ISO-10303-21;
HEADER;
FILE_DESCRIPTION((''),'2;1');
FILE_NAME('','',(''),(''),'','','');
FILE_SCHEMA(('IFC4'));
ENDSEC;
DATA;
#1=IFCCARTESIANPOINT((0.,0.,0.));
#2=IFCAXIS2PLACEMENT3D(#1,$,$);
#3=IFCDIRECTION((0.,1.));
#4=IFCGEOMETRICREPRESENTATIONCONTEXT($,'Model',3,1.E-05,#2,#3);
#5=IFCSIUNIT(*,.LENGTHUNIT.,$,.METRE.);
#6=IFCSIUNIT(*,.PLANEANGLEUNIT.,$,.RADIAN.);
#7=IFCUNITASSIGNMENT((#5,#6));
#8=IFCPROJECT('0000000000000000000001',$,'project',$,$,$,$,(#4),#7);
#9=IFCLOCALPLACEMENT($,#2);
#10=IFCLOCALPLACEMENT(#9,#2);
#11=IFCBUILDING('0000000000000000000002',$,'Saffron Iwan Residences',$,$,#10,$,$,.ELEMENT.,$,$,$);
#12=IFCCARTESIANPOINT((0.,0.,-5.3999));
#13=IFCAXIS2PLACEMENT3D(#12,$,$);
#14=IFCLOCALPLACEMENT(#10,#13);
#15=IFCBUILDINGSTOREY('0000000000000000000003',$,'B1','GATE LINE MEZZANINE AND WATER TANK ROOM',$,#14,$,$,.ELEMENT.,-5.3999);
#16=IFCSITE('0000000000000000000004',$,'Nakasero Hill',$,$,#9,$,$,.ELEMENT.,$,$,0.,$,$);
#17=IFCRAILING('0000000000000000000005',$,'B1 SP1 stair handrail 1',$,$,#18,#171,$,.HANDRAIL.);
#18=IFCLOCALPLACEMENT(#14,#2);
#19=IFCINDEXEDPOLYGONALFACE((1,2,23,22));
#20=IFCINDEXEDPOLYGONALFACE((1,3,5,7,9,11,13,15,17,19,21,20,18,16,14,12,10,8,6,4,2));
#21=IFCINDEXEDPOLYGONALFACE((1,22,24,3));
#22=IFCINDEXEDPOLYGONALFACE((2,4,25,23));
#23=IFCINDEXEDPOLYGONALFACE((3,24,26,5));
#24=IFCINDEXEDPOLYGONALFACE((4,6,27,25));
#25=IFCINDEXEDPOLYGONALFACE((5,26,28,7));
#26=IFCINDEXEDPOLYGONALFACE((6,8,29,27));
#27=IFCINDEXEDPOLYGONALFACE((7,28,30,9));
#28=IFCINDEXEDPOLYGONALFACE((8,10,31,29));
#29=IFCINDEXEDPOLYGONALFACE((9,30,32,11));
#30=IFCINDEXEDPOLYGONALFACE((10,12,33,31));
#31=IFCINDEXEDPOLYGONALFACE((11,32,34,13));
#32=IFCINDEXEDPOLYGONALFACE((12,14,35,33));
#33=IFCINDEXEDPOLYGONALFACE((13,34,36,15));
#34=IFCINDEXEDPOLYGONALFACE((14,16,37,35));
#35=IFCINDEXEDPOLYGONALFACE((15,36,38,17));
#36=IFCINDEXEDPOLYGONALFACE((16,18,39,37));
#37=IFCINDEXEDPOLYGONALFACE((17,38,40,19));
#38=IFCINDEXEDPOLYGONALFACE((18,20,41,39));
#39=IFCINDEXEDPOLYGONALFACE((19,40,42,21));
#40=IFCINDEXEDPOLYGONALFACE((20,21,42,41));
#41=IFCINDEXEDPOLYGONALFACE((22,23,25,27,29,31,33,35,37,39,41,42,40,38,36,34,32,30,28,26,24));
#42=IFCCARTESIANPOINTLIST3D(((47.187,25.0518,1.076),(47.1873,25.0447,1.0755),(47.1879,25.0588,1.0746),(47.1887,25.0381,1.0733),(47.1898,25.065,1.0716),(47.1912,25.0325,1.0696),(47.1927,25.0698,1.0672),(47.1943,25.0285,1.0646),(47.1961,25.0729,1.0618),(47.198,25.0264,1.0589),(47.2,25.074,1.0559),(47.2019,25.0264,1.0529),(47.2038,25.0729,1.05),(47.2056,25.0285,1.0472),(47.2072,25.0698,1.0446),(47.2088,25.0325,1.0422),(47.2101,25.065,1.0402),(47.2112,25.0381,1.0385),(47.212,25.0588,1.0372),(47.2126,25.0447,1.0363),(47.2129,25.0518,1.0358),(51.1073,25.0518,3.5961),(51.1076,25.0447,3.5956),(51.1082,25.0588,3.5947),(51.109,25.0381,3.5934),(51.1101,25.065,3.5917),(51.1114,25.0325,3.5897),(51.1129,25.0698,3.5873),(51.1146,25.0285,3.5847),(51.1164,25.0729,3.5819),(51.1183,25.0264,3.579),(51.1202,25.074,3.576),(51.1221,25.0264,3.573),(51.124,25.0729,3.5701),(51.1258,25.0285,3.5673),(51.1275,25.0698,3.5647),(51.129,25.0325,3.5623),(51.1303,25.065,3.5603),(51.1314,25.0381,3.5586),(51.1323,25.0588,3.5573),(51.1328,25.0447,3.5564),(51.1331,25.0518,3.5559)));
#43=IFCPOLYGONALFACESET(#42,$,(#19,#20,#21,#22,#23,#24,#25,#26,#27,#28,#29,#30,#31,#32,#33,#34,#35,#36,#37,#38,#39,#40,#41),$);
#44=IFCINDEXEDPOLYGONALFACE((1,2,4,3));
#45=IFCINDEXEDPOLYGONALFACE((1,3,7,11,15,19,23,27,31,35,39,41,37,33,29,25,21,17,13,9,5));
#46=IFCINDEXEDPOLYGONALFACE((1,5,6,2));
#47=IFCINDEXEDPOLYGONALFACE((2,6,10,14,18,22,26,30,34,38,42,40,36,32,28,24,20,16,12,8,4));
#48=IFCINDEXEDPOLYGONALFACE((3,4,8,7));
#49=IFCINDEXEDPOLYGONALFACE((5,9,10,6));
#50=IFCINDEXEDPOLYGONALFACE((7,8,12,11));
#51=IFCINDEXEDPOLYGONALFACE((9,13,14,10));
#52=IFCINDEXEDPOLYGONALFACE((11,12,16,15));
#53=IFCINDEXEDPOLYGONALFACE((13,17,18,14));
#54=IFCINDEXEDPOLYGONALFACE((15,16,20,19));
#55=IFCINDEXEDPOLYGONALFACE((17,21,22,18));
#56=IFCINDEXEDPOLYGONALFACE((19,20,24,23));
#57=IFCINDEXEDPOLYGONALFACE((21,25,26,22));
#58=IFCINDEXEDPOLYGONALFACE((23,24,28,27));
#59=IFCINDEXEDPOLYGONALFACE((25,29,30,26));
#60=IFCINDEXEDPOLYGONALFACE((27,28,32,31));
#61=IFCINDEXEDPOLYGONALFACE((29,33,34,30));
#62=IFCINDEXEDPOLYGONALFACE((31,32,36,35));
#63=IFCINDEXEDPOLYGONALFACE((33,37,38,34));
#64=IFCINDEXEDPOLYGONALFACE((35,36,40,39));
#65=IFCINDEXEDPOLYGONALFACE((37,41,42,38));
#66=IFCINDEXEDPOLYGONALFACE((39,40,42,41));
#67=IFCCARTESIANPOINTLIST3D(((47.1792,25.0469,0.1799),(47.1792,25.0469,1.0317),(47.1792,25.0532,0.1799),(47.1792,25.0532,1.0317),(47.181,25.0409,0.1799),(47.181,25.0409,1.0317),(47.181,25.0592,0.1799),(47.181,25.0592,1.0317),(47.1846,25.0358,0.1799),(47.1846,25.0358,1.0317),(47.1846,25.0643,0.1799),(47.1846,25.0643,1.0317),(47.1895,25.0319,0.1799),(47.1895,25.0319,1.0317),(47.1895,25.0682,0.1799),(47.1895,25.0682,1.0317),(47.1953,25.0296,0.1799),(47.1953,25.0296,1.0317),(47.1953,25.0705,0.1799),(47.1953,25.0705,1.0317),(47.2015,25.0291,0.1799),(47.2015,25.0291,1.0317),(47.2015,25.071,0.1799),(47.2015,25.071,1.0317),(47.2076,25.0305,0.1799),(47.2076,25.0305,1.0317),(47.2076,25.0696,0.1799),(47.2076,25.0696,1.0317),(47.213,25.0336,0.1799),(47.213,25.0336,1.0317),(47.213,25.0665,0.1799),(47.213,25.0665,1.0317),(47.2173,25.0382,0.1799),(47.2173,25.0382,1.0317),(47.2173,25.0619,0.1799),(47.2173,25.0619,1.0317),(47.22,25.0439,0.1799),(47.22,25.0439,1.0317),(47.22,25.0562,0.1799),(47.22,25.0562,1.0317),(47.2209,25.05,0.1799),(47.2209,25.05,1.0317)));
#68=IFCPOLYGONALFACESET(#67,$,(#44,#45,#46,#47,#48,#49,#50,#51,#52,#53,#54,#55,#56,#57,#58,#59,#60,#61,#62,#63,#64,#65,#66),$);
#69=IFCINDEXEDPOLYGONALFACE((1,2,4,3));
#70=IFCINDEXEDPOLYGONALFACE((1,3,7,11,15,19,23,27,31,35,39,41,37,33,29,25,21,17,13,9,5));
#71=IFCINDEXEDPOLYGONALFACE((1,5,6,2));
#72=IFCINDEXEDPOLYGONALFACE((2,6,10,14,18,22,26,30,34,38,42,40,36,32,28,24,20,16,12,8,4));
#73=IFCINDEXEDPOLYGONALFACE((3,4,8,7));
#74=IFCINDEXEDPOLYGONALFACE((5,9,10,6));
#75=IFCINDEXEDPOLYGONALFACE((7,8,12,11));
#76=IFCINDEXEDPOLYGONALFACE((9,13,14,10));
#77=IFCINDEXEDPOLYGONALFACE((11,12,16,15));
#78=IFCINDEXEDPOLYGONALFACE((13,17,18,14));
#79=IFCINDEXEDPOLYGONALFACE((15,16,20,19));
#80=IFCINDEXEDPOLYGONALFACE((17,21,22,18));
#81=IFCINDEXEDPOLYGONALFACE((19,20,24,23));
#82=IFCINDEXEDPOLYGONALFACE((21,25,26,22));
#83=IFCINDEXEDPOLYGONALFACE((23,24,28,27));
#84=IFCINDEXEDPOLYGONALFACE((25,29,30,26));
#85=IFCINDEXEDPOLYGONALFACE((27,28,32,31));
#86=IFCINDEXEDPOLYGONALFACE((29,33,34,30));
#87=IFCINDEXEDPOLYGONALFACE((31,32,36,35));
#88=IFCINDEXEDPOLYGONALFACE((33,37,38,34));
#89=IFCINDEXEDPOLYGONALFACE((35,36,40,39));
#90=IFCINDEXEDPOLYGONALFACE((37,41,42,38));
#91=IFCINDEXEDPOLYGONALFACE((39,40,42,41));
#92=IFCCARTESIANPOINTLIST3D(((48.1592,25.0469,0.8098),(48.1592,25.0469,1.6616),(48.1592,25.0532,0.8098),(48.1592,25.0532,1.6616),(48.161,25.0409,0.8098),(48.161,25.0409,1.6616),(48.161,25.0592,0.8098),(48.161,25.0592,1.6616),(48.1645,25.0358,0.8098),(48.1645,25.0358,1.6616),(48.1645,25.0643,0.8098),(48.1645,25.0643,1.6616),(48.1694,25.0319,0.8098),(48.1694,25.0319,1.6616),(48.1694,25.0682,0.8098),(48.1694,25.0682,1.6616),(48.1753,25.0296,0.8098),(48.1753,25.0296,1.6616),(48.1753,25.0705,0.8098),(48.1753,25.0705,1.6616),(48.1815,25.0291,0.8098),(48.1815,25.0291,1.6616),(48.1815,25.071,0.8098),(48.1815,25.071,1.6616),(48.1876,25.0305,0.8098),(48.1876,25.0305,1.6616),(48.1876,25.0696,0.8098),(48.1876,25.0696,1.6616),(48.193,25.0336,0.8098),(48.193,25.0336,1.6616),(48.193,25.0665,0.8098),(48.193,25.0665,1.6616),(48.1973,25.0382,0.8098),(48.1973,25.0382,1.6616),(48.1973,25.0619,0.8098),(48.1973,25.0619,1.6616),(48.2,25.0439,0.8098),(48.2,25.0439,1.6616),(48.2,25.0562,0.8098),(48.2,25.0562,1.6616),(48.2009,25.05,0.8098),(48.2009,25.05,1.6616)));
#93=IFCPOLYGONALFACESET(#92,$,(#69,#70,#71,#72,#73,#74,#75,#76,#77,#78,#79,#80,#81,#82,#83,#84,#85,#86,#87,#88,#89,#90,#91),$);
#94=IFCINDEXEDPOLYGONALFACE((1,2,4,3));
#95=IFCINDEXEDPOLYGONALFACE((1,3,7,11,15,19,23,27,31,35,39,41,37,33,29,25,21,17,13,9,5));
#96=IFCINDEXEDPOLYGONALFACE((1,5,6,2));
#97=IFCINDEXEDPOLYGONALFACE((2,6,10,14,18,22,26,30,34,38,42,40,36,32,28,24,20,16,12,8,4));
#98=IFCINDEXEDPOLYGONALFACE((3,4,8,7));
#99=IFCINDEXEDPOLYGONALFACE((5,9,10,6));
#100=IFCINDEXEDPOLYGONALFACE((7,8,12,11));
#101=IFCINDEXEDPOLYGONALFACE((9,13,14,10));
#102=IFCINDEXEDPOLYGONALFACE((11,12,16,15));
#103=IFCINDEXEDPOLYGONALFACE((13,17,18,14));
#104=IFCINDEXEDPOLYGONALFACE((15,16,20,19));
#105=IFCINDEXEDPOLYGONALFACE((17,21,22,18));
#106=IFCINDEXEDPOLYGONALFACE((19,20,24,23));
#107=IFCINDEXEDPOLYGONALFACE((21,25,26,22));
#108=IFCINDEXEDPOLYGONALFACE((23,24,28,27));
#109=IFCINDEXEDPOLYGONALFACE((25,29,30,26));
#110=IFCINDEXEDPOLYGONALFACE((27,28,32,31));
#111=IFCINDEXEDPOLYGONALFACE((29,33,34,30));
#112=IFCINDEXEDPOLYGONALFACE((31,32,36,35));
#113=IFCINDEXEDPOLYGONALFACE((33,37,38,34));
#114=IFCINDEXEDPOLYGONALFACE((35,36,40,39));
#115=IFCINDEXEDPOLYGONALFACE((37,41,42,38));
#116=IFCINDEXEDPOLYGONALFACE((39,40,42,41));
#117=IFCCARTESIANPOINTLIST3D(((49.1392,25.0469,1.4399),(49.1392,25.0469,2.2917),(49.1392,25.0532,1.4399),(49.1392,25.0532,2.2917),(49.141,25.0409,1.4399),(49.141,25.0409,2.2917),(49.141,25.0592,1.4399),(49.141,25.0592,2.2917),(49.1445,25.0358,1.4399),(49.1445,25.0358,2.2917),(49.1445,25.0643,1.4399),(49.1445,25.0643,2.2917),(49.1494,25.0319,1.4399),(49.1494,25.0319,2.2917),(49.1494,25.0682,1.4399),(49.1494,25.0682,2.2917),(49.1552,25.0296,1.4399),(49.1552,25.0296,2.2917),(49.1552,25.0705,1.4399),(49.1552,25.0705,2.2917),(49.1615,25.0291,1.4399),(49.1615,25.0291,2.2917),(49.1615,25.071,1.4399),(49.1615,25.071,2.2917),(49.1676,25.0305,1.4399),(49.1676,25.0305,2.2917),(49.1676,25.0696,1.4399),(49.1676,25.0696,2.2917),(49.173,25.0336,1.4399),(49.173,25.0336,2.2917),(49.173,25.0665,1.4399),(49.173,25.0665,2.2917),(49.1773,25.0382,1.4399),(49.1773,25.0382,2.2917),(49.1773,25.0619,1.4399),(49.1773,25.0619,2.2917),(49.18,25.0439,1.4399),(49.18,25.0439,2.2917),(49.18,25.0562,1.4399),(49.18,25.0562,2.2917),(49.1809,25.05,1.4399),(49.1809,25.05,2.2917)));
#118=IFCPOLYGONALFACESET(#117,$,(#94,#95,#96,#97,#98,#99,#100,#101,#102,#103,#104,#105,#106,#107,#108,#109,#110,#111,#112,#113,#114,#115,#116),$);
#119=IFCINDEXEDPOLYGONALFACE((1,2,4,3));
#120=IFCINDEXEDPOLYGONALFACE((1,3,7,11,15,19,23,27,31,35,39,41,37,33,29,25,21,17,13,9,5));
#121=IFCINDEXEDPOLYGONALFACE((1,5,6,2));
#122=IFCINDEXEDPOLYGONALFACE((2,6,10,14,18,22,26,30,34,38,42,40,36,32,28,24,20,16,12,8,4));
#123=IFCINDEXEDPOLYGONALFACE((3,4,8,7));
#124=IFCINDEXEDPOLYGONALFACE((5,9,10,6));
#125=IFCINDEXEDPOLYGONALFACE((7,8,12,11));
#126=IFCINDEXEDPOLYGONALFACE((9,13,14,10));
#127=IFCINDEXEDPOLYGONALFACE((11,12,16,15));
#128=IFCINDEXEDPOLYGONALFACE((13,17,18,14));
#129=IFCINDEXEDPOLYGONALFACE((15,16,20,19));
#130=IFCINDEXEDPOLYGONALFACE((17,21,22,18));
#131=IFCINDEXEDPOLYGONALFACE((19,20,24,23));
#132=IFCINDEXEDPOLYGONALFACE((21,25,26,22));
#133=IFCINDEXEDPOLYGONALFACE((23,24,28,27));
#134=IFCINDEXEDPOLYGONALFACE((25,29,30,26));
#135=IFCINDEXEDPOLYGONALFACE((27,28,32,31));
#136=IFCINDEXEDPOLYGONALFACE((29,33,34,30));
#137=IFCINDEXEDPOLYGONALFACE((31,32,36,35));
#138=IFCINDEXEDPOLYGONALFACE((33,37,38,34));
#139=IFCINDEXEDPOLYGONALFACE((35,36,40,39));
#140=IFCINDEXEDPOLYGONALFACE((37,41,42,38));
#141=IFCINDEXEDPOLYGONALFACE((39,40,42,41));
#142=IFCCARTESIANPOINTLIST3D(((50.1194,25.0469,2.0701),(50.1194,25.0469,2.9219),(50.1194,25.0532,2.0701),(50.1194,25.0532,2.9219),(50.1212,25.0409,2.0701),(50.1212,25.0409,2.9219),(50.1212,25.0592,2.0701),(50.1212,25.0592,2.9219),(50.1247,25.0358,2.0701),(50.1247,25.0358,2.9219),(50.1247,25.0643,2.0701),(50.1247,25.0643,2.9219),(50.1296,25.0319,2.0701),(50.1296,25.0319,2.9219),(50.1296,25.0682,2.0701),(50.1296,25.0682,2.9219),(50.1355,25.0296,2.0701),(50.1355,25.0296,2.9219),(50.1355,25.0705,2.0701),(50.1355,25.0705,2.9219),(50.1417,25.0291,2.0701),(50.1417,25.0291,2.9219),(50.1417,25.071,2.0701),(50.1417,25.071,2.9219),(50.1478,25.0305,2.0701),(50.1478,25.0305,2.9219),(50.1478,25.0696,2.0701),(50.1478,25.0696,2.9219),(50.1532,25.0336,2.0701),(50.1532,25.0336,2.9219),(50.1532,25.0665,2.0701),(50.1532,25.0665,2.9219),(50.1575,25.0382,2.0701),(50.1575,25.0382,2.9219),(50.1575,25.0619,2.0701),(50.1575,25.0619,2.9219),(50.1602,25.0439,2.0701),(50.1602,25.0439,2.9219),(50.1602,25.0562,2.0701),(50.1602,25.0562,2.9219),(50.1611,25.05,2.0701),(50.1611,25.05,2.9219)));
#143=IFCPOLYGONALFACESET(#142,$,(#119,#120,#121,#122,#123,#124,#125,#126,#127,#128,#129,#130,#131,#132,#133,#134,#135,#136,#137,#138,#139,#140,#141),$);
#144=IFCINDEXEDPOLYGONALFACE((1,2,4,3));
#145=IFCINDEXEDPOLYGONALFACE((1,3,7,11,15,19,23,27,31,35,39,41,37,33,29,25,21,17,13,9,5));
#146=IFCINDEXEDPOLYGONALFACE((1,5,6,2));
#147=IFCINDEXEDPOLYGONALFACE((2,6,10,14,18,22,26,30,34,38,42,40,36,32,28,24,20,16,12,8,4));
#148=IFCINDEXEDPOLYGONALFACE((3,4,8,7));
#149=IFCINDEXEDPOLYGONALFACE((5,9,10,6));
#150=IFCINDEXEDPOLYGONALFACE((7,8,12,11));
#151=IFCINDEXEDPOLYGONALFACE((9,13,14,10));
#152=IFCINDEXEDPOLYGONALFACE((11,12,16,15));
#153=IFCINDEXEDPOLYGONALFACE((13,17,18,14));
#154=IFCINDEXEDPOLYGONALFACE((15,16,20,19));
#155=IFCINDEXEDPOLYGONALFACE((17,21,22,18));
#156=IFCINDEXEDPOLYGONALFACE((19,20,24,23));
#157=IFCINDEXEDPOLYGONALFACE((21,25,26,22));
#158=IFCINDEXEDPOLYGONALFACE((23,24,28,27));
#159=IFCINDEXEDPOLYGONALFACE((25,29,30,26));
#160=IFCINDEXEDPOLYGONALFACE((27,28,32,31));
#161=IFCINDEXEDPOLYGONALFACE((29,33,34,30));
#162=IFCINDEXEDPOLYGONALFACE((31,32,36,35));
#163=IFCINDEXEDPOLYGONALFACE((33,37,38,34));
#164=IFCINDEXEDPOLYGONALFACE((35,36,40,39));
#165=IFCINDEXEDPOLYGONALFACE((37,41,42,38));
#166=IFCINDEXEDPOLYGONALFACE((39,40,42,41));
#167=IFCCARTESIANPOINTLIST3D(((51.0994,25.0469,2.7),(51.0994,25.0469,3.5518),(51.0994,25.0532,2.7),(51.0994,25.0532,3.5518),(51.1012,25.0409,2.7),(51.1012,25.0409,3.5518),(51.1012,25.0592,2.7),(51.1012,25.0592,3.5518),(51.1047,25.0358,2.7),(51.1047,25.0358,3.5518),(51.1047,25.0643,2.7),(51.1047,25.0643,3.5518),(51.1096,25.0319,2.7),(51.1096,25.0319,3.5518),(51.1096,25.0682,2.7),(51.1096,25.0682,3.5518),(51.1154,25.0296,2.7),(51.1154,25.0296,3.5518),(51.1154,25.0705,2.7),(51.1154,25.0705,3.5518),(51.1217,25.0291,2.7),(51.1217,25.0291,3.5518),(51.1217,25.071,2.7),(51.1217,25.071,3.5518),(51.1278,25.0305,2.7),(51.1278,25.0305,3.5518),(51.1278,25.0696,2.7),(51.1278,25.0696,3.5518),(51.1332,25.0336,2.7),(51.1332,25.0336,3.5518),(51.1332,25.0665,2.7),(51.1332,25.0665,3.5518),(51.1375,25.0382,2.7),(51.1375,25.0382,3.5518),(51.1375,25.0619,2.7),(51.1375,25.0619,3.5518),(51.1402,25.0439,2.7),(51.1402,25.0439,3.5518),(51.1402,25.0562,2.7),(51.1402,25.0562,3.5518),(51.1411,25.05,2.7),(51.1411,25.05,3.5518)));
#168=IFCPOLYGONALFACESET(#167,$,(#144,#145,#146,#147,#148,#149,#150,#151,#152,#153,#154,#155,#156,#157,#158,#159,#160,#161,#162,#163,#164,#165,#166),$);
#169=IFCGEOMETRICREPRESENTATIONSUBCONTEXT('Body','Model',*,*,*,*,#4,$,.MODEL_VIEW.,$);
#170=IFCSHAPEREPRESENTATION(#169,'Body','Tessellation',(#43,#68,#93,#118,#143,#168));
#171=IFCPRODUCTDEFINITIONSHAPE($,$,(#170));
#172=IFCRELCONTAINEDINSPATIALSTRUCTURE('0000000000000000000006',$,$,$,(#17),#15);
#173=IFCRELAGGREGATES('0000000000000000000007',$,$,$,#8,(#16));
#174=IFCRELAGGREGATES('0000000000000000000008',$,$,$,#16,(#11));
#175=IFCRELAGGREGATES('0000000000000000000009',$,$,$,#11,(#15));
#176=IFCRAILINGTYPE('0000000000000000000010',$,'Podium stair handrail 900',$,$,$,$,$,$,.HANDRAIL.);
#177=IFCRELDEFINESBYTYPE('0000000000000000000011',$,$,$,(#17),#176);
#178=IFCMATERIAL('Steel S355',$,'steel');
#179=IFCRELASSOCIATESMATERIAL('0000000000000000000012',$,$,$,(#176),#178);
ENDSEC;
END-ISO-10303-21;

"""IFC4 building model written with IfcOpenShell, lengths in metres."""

from ifc_helpers import new_model, si_unit, direction, frame, origin, origin_2d, place, context, subcontext, project, spatial, circle, extrude, material, type_object, element, save


model = new_model("IFC4")

# Units and contexts
model_context = context("Model", 3, precision=1e-05, world=origin(), true_north=direction((0.0, 1.0)))
body_context = subcontext(model_context, "Body", "Model", "MODEL_VIEW")
ifc_project = project(units=[si_unit("LENGTHUNIT", "METRE"), si_unit("PLANEANGLEUNIT", "RADIAN")], contexts=[model_context])

# Site, building, storey
site_placement = place(None, origin())
site = spatial("IfcSite", under=ifc_project, at=site_placement, Name="Nakasero Hill", CompositionType="ELEMENT", RefElevation=0.0)
building_placement = place(site_placement, origin())
building = spatial("IfcBuilding", under=site, at=building_placement, Name="Saffron Iwan Residences", CompositionType="ELEMENT")
storey_placement = place(building_placement, frame((0.0, 0.0, -5.3999)))
storey = spatial("IfcBuildingStorey", under=building, at=storey_placement, Name="B1", Description="GATE LINE MEZZANINE AND WATER TANK ROOM", CompositionType="ELEMENT", Elevation=-5.3999)

# Railing
ifc_material_1 = material(Name="Steel S355", Category="steel")
railing_type_1 = type_object("IfcRailingType", Name="Podium stair handrail 900", PredefinedType="HANDRAIL", material=ifc_material_1)
railing_1_placement = place(storey_placement, frame((47.2, 25.05, 0.1799)))
element("IfcRailing", 1, at=railing_1_placement, inside=storey, type_object=railing_type_1, Name="B1 SP1 stair handrail 1", PredefinedType="HANDRAIL", context=body_context, shape_type="SweptSolid", body=[
    extrude(circle(Radius=0.0239, at=origin_2d()), frame((0.0, 0.0, 0.876), z_axis=(0.841187, 0.0, 0.540744), x_axis=(0.0, 1.0, 0.0)), (0.0, 0.0, 1.0), 4.6604),
    extrude(circle(Radius=0.021, at=origin_2d()), origin(), (0.0, 0.0, 1.0), 0.8518),
    extrude(circle(Radius=0.021, at=origin_2d()), frame((0.98, 0.0, 0.6299)), (0.0, 0.0, 1.0), 0.8518),
    extrude(circle(Radius=0.021, at=origin_2d()), frame((1.96, 0.0, 1.26)), (0.0, 0.0, 1.0), 0.8518),
    extrude(circle(Radius=0.021, at=origin_2d()), frame((2.9402, 0.0, 1.8901)), (0.0, 0.0, 1.0), 0.8518),
    extrude(circle(Radius=0.021, at=origin_2d()), frame((3.9202, 0.0, 2.52)), (0.0, 0.0, 1.0), 0.8518),
])

save(model, "model.ifc")
